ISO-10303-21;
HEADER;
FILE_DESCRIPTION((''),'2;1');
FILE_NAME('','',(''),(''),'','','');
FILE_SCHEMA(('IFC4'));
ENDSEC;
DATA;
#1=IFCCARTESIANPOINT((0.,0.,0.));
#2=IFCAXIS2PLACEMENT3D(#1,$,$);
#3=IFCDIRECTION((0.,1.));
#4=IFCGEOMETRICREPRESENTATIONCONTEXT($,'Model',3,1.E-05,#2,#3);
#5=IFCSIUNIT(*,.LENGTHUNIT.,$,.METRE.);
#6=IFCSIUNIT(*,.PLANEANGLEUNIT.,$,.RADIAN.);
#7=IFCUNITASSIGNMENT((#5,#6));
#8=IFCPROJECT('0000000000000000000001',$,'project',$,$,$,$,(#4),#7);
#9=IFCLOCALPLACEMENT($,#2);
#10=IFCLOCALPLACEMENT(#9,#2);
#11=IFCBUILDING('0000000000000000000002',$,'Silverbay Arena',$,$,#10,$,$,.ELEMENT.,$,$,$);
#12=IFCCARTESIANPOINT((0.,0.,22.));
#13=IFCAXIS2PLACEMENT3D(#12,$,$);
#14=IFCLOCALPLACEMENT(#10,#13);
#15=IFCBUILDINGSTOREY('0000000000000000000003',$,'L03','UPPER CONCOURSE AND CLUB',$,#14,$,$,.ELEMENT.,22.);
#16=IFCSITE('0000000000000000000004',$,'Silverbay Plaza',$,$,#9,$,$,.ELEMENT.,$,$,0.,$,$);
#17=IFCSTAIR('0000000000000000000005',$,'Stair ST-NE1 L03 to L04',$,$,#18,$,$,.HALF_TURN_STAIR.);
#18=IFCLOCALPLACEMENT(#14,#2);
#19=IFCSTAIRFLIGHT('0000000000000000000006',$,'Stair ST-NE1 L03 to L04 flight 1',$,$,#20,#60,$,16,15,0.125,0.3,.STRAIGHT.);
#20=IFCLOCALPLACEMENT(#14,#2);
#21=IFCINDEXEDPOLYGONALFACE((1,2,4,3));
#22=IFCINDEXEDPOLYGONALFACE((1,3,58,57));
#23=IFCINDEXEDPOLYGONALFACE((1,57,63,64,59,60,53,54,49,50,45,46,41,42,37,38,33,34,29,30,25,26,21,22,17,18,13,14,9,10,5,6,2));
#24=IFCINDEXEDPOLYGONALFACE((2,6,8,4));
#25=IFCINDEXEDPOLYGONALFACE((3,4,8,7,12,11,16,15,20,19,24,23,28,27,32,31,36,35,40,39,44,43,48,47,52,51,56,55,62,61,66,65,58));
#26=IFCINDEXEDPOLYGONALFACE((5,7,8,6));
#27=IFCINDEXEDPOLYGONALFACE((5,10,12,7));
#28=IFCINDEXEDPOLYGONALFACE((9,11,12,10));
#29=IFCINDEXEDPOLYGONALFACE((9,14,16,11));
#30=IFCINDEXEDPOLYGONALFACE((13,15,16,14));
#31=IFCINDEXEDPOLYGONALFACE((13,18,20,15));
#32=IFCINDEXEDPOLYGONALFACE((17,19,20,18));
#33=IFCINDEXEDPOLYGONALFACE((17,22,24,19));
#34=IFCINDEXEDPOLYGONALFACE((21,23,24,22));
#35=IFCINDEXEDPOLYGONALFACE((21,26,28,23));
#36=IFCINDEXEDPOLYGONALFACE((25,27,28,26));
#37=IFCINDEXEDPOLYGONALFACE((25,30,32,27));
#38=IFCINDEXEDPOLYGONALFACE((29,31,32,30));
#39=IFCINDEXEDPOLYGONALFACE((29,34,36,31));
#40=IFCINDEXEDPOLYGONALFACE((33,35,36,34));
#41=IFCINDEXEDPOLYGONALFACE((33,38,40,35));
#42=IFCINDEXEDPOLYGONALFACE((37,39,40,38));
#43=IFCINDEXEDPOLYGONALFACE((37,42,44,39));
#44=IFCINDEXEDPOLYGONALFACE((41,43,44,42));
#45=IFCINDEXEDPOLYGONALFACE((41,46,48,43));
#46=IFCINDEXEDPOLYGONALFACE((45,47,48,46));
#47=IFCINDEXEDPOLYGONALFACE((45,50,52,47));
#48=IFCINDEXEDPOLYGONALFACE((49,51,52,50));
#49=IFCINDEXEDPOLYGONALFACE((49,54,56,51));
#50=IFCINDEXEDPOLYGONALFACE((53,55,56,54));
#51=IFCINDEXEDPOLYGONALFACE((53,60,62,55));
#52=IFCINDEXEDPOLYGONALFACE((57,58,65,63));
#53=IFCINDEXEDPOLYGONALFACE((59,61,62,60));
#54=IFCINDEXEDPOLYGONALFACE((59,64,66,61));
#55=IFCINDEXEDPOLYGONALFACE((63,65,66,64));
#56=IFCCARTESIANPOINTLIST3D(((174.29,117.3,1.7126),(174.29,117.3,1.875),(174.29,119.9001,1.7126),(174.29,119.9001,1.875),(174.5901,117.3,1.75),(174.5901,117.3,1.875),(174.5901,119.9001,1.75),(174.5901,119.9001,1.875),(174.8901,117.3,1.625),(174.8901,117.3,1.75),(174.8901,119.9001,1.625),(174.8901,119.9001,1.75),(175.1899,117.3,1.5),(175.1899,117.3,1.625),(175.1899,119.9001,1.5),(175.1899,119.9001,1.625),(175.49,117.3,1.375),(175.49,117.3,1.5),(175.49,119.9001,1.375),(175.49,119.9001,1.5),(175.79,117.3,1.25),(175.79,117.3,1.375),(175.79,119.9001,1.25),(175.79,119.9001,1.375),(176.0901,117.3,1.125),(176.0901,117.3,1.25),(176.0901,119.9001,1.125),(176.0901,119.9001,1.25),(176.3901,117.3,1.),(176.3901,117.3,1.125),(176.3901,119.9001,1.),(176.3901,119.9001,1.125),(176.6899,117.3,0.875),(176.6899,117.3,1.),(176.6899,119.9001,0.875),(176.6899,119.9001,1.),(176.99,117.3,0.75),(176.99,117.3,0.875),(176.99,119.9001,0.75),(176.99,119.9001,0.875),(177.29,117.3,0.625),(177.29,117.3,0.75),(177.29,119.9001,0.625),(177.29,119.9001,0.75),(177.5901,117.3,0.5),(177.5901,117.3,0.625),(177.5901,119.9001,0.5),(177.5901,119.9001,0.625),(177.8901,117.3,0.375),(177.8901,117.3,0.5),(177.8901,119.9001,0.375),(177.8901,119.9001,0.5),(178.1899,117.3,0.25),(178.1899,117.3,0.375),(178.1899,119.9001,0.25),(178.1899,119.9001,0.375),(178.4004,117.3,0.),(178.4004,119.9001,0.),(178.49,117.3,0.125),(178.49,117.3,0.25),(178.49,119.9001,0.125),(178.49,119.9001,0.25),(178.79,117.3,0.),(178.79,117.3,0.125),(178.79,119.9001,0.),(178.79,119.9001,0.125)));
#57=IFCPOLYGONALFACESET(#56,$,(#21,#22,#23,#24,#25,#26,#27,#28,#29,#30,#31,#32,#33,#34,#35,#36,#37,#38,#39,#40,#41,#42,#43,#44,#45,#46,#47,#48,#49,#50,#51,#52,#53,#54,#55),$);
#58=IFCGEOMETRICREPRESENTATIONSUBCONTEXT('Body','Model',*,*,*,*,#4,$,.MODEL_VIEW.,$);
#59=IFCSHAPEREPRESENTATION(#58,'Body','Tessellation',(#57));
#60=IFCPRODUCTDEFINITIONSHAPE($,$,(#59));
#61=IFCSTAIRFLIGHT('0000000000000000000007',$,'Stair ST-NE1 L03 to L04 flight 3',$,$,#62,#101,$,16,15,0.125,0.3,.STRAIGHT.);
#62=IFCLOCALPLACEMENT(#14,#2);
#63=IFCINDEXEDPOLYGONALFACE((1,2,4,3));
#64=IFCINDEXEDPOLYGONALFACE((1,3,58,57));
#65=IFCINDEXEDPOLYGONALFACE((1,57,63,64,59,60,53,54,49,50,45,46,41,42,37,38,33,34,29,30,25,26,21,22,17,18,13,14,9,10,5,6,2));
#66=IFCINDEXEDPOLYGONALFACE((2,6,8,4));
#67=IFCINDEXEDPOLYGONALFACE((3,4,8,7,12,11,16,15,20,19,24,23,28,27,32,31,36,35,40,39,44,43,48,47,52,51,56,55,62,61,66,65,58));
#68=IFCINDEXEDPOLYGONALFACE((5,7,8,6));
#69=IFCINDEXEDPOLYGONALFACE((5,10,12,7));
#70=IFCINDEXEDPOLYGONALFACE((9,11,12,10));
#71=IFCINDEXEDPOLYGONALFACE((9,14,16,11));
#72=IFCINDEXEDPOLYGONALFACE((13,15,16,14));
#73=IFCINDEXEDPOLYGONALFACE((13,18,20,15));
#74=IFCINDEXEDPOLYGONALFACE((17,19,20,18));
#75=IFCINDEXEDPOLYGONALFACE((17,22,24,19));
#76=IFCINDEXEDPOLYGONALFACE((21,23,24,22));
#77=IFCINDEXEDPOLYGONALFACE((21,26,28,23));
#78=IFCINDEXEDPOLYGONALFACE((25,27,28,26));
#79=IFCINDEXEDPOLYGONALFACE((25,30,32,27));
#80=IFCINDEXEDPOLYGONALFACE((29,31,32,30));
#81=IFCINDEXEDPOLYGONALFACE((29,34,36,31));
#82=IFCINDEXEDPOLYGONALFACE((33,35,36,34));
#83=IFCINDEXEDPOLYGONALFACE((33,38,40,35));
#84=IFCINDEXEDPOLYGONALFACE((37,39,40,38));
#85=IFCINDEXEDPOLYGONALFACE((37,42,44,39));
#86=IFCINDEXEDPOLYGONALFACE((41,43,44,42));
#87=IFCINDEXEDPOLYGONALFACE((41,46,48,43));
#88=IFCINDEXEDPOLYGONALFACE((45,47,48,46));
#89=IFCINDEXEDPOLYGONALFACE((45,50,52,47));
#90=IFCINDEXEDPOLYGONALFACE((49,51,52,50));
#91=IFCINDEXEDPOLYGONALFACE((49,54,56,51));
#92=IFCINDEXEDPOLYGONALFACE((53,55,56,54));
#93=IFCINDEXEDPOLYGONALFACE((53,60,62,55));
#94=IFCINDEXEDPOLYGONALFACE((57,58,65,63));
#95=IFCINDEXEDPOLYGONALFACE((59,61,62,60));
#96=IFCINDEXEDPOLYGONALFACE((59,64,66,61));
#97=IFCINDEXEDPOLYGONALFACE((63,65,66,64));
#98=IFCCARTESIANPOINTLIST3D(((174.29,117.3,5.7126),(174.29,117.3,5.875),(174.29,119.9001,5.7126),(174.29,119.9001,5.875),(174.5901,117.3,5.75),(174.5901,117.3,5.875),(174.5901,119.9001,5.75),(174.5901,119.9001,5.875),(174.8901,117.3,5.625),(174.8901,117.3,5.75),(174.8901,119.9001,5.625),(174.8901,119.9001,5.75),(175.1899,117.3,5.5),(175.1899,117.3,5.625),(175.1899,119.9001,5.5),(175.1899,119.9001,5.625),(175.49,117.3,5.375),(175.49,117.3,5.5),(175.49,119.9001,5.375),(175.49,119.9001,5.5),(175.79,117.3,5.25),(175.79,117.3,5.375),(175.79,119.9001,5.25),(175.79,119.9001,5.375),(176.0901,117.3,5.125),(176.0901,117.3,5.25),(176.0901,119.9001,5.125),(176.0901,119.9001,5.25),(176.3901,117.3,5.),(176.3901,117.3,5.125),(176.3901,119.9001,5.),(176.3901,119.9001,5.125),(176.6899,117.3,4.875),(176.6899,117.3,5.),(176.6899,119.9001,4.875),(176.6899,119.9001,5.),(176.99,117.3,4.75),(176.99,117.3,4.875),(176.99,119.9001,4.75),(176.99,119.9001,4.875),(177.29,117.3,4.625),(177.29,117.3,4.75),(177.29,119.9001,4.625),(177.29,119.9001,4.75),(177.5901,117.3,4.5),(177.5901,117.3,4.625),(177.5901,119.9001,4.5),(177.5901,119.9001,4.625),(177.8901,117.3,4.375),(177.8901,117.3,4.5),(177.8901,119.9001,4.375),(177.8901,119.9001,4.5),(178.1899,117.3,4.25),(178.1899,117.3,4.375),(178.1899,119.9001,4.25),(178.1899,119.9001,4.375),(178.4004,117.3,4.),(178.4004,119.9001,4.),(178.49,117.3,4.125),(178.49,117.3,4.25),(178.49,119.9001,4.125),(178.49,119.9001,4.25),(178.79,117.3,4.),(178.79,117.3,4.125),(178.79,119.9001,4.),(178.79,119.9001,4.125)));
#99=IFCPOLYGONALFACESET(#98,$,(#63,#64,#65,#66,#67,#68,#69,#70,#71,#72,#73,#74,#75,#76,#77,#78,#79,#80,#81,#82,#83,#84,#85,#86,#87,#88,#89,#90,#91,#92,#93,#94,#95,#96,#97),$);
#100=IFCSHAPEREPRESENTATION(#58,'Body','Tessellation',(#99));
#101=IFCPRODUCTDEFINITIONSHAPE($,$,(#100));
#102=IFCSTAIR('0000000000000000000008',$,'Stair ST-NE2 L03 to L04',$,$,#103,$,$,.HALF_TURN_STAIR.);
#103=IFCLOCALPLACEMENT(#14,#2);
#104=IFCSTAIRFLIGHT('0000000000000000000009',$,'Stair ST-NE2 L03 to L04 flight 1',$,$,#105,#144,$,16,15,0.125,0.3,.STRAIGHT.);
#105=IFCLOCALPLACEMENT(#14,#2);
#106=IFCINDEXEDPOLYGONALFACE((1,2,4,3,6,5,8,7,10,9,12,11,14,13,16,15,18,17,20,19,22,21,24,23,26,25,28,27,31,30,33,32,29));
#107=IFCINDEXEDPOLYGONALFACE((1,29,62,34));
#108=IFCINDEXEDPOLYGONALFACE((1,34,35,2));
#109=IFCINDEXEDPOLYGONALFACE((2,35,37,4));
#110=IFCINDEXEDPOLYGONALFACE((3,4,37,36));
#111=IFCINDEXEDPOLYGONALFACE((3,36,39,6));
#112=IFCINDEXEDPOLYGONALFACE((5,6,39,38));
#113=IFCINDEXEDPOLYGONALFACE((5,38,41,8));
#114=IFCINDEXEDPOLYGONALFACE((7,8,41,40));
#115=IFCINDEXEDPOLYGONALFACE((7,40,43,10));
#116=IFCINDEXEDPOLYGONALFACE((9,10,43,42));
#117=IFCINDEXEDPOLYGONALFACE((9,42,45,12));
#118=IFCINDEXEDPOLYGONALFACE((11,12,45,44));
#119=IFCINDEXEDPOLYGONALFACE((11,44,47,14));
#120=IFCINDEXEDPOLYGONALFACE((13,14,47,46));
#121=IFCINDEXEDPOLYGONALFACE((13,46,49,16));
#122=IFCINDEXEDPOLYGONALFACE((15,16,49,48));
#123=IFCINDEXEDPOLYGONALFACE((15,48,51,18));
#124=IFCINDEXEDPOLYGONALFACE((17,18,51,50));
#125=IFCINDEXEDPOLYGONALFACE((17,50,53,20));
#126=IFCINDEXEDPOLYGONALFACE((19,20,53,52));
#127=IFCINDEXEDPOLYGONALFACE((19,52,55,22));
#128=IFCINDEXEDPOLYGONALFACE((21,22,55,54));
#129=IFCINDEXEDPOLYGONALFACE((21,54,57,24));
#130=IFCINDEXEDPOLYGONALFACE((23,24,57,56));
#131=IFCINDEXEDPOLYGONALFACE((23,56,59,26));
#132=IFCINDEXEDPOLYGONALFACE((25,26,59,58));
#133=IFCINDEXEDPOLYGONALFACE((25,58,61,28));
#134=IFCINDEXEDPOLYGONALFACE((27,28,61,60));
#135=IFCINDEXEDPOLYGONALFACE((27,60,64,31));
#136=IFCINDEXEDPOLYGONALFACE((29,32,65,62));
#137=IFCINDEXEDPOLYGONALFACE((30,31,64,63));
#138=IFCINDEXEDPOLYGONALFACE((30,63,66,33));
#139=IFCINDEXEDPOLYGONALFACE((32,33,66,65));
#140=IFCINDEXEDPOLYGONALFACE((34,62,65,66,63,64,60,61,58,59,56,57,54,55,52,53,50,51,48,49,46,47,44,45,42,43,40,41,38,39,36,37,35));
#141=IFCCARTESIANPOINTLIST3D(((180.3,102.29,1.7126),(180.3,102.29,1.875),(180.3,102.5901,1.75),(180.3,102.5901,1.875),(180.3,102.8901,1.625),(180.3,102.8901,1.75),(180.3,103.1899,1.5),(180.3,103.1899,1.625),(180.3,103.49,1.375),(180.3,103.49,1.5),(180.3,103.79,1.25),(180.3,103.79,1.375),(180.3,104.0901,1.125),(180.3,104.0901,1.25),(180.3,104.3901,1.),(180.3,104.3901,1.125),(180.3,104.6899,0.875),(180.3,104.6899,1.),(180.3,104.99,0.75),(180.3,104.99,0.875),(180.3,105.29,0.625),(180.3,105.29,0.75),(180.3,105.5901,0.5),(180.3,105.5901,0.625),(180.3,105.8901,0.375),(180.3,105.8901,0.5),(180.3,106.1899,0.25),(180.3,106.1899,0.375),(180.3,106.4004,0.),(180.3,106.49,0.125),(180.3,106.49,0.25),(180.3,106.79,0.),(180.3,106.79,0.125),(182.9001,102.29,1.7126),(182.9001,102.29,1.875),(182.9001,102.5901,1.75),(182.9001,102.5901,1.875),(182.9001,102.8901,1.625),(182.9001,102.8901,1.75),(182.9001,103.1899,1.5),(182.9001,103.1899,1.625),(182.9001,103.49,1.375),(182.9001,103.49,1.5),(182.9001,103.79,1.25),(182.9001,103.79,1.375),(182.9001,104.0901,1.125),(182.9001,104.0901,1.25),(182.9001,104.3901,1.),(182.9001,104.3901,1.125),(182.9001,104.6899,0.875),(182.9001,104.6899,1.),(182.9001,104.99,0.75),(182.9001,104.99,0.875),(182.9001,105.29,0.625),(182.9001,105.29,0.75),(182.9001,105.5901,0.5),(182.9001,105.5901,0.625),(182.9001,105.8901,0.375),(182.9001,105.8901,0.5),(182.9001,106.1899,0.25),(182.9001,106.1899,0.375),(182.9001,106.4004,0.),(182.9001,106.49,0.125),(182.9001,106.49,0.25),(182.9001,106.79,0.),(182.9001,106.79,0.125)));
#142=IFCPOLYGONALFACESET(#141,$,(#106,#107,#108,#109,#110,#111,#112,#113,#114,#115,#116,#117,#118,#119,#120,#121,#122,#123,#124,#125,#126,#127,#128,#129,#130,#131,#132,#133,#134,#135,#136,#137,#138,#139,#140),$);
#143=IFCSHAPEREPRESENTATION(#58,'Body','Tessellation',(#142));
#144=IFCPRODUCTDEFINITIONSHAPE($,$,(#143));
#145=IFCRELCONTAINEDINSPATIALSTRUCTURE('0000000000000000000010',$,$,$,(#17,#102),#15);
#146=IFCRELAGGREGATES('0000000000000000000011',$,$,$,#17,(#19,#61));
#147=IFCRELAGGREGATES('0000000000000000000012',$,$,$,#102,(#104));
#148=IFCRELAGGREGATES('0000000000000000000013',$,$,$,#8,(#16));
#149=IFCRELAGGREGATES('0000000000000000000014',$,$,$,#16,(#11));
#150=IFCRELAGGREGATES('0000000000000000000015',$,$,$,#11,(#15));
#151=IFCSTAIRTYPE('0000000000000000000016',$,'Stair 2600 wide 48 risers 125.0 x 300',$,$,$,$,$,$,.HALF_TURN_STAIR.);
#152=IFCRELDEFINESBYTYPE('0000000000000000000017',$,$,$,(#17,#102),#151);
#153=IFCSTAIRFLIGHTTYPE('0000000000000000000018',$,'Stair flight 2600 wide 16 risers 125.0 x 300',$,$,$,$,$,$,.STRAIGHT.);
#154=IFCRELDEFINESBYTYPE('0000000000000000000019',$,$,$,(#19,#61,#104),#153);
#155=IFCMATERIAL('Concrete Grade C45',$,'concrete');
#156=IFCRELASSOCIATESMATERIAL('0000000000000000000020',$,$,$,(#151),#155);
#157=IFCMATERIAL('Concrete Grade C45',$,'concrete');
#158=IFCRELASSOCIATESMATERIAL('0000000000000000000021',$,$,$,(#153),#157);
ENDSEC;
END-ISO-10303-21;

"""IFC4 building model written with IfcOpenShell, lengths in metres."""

from ifc_helpers import new_model, si_unit, direction, frame, origin, place, context, subcontext, project, spatial, polyline, outline, extrude, material, type_object, element, aggregate, save


model = new_model("IFC4")

# Units and contexts
model_context = context("Model", 3, precision=1e-05, world=origin(), true_north=direction((0.0, 1.0)))
body_context = subcontext(model_context, "Body", "Model", "MODEL_VIEW")
ifc_project = project(units=[si_unit("LENGTHUNIT", "METRE"), si_unit("PLANEANGLEUNIT", "RADIAN")], contexts=[model_context])

# Site, building, storey
site_placement = place(None, origin())
site = spatial("IfcSite", under=ifc_project, at=site_placement, Name="Silverbay Plaza", CompositionType="ELEMENT", RefElevation=0.0)
building_placement = place(site_placement, origin())
building = spatial("IfcBuilding", under=site, at=building_placement, Name="Silverbay Arena", CompositionType="ELEMENT")
storey_placement = place(building_placement, frame((0.0, 0.0, 22.0)))
storey = spatial("IfcBuildingStorey", under=building, at=storey_placement, Name="L03", Description="UPPER CONCOURSE AND CLUB", CompositionType="ELEMENT", Elevation=22.0)

# Stair, stair flights
ifc_material_1 = material(Name="Concrete Grade C45", Category="concrete")
stair_type = type_object("IfcStairType", Name="Stair 2600 wide 48 risers 125.0 x 300", PredefinedType="HALF_TURN_STAIR", material=ifc_material_1)
stair_1_placement = place(storey_placement, origin())
stair_1 = element("IfcStair", 1, at=stair_1_placement, inside=storey, type_object=stair_type, Name="Stair ST-NE1 L03 to L04", PredefinedType="HALF_TURN_STAIR")
ifc_material_2 = material(Name="Concrete Grade C45", Category="concrete")
stair_flight_type = type_object("IfcStairFlightType", Name="Stair flight 2600 wide 16 risers 125.0 x 300", PredefinedType="STRAIGHT", material=ifc_material_2)
stair_flight_1_placement = place(storey_placement, frame((178.79, 118.6001, 0.0), z_axis=(0.0, 0.0, 1.0), x_axis=(-1.0, 0.0, 0.0)))
stair_flight_1 = element("IfcStairFlight", 2, at=stair_flight_1_placement, type_object=stair_flight_type, Name="Stair ST-NE1 L03 to L04 flight 1", NumberOfRisers=16, NumberOfTreads=15, PredefinedType="STRAIGHT", RiserHeight=0.125, TreadLength=0.3, context=body_context, shape_type="SweptSolid", body=[
    extrude(outline(polyline([(0.0, 0.0), (0.0, 0.125), (0.3, 0.125), (0.3, 0.25), (0.6001, 0.25), (0.6001, 0.375), (0.8999, 0.375), (0.8999, 0.5), (1.2, 0.5), (1.2, 0.625), (1.5, 0.625), (1.5, 0.75), (1.8, 0.75), (1.8, 0.875), (2.1001, 0.875), (2.1001, 1.0), (2.3999, 1.0), (2.3999, 1.125), (2.7, 1.125), (2.7, 1.25), (3.0, 1.25), (3.0, 1.375), (3.3, 1.375), (3.3, 1.5), (3.6001, 1.5), (3.6001, 1.625), (3.8999, 1.625), (3.8999, 1.75), (4.2, 1.75), (4.2, 1.875), (4.5, 1.875), (4.5, 1.7126), (0.3896, 0.0), (0.0, 0.0)])), frame((0.0, 1.3, 0.0), z_axis=(0.0, -1.0, 0.0), x_axis=(1.0, 0.0, 0.0)), (0.0, 0.0, 1.0), 2.6001),
])
stair_flight_2_placement = place(storey_placement, frame((178.79, 118.6001, 4.0), z_axis=(0.0, 0.0, 1.0), x_axis=(-1.0, 0.0, 0.0)))
stair_flight_2 = element("IfcStairFlight", 3, at=stair_flight_2_placement, type_object=stair_flight_type, Name="Stair ST-NE1 L03 to L04 flight 3", NumberOfRisers=16, NumberOfTreads=15, PredefinedType="STRAIGHT", RiserHeight=0.125, TreadLength=0.3, context=body_context, shape_type="SweptSolid", body=[
    extrude(outline(polyline([(0.0, 0.0), (0.0, 0.125), (0.3, 0.125), (0.3, 0.25), (0.6001, 0.25), (0.6001, 0.375), (0.8999, 0.375), (0.8999, 0.5), (1.2, 0.5), (1.2, 0.625), (1.5, 0.625), (1.5, 0.75), (1.8, 0.75), (1.8, 0.875), (2.1001, 0.875), (2.1001, 1.0), (2.3999, 1.0), (2.3999, 1.125), (2.7, 1.125), (2.7, 1.25), (3.0, 1.25), (3.0, 1.375), (3.3, 1.375), (3.3, 1.5), (3.6001, 1.5), (3.6001, 1.625), (3.8999, 1.625), (3.8999, 1.75), (4.2, 1.75), (4.2, 1.875), (4.5, 1.875), (4.5, 1.7126), (0.3896, 0.0), (0.0, 0.0)])), frame((0.0, 1.3, 0.0), z_axis=(0.0, -1.0, 0.0), x_axis=(1.0, 0.0, 0.0)), (0.0, 0.0, 1.0), 2.6001),
])
aggregate(stair_1, [stair_flight_1, stair_flight_2])

# Stair, stair flight
stair_2_placement = place(storey_placement, origin())
stair_2 = element("IfcStair", 4, at=stair_2_placement, inside=storey, type_object=stair_type, Name="Stair ST-NE2 L03 to L04", PredefinedType="HALF_TURN_STAIR")
stair_flight_3_placement = place(storey_placement, frame((181.6001, 106.79, 0.0), z_axis=(0.0, 0.0, 1.0), x_axis=(0.0, -1.0, 0.0)))
stair_flight_3 = element("IfcStairFlight", 5, at=stair_flight_3_placement, type_object=stair_flight_type, Name="Stair ST-NE2 L03 to L04 flight 1", NumberOfRisers=16, NumberOfTreads=15, PredefinedType="STRAIGHT", RiserHeight=0.125, TreadLength=0.3, context=body_context, shape_type="SweptSolid", body=[
    extrude(outline(polyline([(0.0, 0.0), (0.0, 0.125), (0.3, 0.125), (0.3, 0.25), (0.6001, 0.25), (0.6001, 0.375), (0.8999, 0.375), (0.8999, 0.5), (1.2, 0.5), (1.2, 0.625), (1.5, 0.625), (1.5, 0.75), (1.8, 0.75), (1.8, 0.875), (2.1001, 0.875), (2.1001, 1.0), (2.3999, 1.0), (2.3999, 1.125), (2.7, 1.125), (2.7, 1.25), (3.0, 1.25), (3.0, 1.375), (3.3, 1.375), (3.3, 1.5), (3.6001, 1.5), (3.6001, 1.625), (3.8999, 1.625), (3.8999, 1.75), (4.2, 1.75), (4.2, 1.875), (4.5, 1.875), (4.5, 1.7126), (0.3896, 0.0), (0.0, 0.0)])), frame((0.0, 1.3, 0.0), z_axis=(0.0, -1.0, 0.0), x_axis=(1.0, 0.0, 0.0)), (0.0, 0.0, 1.0), 2.6001),
])
aggregate(stair_2, [stair_flight_3])

save(model, "model.ifc")
